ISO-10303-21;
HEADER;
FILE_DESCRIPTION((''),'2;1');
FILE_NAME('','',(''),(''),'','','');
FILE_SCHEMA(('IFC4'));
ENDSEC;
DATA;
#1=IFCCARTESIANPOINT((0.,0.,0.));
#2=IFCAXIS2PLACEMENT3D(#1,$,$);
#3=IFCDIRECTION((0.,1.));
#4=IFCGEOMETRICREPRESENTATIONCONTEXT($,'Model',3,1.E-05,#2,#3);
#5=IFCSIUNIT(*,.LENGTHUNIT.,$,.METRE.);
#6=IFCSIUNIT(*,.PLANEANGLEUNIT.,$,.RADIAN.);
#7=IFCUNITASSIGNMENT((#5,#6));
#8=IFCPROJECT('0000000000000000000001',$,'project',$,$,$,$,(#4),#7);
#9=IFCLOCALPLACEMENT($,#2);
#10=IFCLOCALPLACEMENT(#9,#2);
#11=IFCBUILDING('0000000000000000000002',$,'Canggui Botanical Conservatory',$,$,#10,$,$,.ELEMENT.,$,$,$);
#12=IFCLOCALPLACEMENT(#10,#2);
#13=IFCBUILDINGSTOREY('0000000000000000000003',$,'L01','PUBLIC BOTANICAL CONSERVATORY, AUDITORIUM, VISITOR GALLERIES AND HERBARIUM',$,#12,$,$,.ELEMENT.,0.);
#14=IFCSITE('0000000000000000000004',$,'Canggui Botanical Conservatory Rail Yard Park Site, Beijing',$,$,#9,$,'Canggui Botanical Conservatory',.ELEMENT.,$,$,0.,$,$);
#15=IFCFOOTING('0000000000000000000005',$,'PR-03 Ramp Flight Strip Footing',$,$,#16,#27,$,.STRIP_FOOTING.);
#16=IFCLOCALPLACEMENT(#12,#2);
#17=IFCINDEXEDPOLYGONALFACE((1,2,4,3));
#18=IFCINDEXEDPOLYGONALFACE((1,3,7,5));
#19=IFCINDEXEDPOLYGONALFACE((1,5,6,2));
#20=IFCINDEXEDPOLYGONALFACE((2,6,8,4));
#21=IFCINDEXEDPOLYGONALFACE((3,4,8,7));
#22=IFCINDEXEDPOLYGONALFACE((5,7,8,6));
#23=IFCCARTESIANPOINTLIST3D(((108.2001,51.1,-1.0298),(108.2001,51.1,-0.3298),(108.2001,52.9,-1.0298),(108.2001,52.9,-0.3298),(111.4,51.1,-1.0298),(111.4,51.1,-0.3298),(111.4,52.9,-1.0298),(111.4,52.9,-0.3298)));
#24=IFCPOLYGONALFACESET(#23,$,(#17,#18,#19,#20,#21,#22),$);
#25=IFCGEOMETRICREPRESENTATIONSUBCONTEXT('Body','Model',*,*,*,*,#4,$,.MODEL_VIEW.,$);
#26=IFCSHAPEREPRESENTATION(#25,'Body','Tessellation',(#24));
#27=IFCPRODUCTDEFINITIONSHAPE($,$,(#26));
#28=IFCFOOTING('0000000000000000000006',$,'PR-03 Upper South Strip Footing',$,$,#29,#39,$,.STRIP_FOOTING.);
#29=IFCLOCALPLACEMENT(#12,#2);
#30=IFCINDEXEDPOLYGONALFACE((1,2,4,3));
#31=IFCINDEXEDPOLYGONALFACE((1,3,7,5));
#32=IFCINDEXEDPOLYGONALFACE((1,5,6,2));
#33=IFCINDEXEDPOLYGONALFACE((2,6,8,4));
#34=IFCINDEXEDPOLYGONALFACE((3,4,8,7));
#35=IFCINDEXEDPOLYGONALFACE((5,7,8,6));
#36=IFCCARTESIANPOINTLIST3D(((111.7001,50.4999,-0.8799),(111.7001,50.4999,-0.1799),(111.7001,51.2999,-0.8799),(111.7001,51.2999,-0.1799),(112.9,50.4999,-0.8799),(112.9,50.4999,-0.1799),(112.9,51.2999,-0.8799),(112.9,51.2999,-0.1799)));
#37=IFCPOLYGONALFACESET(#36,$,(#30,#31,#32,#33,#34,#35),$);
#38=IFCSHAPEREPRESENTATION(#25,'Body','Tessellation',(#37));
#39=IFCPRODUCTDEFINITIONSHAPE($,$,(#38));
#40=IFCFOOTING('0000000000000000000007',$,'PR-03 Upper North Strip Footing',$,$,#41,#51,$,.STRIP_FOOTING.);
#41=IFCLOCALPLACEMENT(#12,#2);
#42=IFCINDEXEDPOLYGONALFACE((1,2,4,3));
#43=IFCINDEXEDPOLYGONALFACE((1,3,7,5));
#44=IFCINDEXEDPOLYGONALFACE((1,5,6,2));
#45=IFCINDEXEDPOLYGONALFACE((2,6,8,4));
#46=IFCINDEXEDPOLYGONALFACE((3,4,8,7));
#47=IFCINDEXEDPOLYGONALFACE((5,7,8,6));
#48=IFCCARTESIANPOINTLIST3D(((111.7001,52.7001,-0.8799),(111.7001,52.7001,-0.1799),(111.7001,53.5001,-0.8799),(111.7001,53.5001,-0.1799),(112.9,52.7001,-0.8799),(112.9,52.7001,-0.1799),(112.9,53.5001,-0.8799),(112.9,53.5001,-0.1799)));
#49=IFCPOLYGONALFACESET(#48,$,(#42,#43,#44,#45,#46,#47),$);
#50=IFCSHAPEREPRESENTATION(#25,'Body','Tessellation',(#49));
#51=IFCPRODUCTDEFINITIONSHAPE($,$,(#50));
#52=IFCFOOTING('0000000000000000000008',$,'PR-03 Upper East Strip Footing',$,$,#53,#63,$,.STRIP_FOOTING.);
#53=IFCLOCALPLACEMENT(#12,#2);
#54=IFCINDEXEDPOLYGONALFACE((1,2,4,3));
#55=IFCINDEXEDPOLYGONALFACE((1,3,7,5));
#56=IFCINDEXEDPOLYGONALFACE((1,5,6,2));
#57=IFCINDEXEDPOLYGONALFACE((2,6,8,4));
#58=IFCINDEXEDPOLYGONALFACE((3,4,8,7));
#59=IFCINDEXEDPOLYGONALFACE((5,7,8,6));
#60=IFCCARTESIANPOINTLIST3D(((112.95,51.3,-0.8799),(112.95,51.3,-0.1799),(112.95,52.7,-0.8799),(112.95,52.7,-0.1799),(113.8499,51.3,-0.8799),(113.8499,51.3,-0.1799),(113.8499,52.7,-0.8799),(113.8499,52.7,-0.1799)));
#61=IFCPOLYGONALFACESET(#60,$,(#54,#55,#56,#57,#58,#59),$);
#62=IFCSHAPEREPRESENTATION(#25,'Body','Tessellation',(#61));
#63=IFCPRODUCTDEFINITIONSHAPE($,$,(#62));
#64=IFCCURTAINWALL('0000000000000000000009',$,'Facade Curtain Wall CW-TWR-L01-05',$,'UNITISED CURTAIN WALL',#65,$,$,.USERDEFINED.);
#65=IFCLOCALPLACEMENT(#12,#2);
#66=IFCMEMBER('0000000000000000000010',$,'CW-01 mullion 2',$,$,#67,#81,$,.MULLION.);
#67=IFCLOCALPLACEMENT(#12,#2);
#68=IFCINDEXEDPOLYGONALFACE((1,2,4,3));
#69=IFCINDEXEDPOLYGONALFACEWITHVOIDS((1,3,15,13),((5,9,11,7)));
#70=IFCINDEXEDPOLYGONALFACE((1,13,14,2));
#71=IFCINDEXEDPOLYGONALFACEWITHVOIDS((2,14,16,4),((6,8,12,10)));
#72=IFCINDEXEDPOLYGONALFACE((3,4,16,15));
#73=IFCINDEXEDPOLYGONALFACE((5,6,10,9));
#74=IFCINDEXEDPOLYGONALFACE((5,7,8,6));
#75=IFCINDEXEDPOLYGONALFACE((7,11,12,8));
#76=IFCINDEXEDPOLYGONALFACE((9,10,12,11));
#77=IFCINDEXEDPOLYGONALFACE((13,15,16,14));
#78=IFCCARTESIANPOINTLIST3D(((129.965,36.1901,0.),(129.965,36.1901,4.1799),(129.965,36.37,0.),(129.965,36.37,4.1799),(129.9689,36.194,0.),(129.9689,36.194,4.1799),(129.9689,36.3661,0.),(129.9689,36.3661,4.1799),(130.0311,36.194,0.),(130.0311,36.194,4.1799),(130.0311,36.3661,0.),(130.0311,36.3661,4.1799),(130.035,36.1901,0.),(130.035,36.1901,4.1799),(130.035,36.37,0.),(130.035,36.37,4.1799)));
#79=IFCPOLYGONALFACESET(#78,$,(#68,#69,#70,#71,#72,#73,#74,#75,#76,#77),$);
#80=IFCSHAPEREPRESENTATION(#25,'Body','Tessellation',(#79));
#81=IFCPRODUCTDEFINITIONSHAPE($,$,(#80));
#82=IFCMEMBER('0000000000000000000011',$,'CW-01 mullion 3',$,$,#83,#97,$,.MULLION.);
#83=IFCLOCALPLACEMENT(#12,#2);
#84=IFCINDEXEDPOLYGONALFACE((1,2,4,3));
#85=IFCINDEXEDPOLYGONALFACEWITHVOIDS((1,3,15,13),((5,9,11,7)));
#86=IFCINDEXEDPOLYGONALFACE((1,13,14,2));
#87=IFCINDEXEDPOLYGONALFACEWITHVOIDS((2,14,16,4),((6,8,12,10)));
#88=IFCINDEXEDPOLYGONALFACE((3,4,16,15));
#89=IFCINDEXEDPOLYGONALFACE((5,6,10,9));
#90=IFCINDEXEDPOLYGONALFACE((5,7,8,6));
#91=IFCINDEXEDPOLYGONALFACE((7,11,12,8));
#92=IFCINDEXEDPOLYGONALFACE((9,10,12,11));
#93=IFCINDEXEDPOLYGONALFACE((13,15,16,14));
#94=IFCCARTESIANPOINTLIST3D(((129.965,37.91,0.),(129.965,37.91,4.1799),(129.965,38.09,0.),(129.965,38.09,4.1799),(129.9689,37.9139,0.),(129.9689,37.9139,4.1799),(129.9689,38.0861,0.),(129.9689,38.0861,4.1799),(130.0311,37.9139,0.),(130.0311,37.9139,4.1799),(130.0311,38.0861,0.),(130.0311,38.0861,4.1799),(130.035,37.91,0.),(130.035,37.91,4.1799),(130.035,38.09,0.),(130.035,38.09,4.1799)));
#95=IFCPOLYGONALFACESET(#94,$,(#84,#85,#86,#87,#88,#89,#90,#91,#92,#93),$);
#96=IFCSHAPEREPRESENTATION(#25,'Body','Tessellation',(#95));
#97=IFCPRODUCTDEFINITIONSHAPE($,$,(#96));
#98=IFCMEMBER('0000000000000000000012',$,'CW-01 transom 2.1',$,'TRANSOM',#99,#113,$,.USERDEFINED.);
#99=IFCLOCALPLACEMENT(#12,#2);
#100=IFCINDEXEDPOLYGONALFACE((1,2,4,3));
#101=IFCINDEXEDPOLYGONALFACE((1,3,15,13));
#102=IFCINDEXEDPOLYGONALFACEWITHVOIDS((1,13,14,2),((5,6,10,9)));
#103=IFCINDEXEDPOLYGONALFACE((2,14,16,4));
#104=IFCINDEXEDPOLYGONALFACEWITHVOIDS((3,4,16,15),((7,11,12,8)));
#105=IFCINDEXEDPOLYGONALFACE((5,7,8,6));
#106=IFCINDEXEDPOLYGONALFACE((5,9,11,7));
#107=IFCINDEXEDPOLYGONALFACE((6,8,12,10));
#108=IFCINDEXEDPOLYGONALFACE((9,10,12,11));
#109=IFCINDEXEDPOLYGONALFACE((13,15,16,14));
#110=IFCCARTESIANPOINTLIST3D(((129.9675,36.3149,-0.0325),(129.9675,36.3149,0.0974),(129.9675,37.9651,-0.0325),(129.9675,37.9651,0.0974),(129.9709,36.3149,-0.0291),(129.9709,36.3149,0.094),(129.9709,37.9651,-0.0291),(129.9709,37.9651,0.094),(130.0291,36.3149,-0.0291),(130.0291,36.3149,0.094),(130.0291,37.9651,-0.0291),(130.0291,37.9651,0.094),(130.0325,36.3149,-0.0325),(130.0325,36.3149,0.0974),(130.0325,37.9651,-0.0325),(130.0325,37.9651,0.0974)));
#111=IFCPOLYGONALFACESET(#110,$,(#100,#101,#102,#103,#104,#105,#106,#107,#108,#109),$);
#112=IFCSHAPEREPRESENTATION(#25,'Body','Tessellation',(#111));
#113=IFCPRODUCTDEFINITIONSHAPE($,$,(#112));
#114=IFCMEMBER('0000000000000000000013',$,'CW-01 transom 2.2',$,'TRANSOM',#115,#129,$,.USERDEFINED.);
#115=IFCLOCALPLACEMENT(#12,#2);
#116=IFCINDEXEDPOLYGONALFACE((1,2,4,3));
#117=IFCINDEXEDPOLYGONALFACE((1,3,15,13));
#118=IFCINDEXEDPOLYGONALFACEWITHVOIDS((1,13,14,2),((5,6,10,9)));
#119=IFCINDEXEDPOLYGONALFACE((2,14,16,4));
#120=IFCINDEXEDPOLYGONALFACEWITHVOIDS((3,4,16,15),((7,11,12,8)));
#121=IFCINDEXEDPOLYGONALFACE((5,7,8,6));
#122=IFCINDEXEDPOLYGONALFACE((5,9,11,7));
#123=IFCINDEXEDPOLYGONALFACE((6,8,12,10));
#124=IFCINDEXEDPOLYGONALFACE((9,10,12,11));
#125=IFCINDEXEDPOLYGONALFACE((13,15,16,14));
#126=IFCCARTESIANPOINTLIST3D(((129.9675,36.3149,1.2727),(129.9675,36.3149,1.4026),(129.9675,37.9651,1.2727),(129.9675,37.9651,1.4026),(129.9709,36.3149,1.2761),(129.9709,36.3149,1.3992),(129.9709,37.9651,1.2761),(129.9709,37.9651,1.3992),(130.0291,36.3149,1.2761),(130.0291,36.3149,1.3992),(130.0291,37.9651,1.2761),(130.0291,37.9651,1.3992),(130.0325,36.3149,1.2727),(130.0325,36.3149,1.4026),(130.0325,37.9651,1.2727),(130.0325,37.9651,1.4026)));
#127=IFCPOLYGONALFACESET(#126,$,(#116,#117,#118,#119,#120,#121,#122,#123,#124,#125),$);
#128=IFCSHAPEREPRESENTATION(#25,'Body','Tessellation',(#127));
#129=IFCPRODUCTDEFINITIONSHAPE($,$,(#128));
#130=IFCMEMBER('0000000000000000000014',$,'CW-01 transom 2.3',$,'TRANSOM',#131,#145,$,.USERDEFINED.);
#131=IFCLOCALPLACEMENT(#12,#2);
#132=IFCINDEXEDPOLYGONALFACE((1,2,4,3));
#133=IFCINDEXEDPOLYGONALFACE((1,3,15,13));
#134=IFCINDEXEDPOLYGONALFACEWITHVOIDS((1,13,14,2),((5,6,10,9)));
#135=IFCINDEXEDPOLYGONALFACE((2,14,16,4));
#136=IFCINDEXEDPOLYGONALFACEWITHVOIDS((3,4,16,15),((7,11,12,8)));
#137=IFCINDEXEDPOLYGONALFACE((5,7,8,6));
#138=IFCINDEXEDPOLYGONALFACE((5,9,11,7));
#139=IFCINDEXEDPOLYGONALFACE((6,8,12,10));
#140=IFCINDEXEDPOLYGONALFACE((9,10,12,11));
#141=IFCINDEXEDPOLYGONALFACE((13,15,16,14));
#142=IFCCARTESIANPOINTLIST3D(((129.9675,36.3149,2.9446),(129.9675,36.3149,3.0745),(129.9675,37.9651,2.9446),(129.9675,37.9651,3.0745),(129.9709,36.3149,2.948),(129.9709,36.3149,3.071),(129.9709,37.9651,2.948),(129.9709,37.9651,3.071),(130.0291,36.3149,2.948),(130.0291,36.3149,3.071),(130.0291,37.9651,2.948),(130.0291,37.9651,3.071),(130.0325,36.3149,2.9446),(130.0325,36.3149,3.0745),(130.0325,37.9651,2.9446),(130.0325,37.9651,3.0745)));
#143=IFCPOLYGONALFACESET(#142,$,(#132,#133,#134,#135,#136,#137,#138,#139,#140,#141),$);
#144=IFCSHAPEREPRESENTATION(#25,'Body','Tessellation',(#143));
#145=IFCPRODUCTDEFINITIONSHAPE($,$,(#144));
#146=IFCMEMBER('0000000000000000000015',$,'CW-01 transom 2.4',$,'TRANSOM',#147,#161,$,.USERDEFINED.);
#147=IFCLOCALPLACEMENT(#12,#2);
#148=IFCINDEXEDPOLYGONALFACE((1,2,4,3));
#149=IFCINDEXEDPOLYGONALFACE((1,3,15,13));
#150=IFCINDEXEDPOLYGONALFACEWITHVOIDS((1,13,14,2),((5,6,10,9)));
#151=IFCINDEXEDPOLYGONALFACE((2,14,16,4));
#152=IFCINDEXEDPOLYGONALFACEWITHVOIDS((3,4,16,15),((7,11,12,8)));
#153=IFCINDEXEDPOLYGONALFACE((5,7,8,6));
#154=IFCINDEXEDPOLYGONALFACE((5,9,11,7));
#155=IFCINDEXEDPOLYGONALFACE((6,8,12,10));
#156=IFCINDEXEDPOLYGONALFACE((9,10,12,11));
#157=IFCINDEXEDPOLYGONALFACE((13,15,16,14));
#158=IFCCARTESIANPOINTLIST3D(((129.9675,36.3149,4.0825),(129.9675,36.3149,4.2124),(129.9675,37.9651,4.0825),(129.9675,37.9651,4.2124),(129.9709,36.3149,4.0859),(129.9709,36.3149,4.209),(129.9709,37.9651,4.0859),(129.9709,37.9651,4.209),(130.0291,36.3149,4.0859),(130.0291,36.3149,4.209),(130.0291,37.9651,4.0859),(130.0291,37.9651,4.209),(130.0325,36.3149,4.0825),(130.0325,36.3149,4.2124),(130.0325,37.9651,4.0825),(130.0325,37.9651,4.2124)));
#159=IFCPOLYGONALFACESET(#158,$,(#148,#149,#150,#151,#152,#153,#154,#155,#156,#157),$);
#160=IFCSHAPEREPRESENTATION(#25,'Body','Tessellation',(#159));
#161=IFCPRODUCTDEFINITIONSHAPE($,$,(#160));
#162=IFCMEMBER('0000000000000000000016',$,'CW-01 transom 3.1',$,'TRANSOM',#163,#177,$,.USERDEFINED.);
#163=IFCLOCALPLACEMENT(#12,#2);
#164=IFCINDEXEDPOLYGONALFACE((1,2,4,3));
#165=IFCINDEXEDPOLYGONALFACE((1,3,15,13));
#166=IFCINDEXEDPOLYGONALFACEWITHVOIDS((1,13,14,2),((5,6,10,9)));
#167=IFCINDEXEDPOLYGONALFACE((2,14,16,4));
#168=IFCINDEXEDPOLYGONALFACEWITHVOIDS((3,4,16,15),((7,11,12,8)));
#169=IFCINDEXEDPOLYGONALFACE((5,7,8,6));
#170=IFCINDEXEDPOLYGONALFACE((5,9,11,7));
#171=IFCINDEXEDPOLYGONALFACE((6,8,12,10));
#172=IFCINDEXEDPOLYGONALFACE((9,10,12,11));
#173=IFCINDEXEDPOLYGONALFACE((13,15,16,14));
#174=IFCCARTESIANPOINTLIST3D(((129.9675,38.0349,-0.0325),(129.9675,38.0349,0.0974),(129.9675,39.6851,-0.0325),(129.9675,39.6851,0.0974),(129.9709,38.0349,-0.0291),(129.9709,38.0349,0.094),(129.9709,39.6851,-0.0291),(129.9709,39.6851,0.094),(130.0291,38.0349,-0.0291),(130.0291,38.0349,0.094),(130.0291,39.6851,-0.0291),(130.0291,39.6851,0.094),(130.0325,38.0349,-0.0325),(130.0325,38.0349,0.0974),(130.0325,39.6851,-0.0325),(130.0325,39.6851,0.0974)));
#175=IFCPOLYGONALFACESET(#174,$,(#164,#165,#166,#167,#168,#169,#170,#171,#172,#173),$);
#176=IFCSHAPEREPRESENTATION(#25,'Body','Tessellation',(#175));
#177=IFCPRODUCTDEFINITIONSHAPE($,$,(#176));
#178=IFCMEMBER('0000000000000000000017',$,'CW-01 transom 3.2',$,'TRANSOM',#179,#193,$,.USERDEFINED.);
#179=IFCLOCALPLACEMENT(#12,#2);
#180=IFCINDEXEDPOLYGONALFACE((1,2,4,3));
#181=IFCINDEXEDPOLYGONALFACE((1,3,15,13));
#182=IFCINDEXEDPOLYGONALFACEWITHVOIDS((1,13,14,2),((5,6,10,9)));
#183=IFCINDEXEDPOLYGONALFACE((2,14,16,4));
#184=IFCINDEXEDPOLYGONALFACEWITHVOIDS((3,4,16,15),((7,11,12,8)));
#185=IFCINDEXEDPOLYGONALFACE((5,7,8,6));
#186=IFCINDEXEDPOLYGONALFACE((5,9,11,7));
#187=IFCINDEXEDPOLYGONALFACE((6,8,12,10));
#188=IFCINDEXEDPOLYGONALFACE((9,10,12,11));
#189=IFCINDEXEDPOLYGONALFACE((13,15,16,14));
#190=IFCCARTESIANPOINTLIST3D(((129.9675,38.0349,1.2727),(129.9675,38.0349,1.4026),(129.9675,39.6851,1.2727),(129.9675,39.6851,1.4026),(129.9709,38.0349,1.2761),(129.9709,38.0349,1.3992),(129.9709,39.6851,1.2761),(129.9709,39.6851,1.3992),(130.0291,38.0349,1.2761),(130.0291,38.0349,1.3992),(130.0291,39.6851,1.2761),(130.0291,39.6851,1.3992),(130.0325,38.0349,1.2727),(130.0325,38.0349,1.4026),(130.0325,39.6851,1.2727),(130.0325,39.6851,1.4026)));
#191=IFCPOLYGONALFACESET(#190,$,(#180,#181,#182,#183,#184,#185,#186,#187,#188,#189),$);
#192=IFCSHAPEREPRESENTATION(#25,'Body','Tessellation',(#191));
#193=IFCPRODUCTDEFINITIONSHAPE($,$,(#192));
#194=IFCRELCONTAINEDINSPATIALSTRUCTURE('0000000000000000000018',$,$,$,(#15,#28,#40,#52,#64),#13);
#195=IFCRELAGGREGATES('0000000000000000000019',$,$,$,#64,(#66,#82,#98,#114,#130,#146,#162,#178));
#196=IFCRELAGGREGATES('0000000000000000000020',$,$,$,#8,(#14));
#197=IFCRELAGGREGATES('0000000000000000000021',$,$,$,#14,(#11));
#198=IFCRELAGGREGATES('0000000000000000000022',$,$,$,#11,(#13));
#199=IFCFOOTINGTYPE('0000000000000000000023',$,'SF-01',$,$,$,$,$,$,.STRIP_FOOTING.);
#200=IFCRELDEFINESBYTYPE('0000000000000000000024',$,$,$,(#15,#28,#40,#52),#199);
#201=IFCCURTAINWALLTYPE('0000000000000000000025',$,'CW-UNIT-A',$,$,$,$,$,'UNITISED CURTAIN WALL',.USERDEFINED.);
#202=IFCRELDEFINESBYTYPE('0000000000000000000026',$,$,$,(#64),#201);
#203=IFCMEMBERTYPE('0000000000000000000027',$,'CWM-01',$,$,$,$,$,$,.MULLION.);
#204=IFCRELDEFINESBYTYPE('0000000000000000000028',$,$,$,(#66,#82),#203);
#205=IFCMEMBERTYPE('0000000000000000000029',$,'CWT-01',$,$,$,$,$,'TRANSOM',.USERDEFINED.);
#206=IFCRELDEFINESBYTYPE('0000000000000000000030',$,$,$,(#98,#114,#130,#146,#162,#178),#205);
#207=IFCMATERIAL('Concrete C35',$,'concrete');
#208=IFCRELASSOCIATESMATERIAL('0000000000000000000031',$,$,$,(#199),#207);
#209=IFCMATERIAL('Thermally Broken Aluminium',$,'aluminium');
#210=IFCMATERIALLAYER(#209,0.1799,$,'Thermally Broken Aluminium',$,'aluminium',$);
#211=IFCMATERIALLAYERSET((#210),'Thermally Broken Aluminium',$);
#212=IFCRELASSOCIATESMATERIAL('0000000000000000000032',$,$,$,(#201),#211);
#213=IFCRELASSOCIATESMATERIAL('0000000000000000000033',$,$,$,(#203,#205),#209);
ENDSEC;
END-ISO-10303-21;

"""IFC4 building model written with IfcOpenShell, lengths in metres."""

from ifc_helpers import new_model, si_unit, direction, frame, origin, origin_2d, place, context, subcontext, project, spatial, rectangle, hollow_rectangle, extrude, material, layer, layer_set, material_profile, profile_set, type_object, element, aggregate, save


model = new_model("IFC4")

# Units and contexts
model_context = context("Model", 3, precision=1e-05, world=origin(), true_north=direction((0.0, 1.0)))
body_context = subcontext(model_context, "Body", "Model", "MODEL_VIEW")
ifc_project = project(units=[si_unit("LENGTHUNIT", "METRE"), si_unit("PLANEANGLEUNIT", "RADIAN")], contexts=[model_context])

# Site, building, storey
site_placement = place(None, origin())
site = spatial("IfcSite", under=ifc_project, at=site_placement, Name="Canggui Botanical Conservatory Rail Yard Park Site, Beijing", LongName="Canggui Botanical Conservatory", CompositionType="ELEMENT", RefElevation=0.0)
building_placement = place(site_placement, origin())
building = spatial("IfcBuilding", under=site, at=building_placement, Name="Canggui Botanical Conservatory", CompositionType="ELEMENT")
storey_placement = place(building_placement, origin())
storey = spatial("IfcBuildingStorey", under=building, at=storey_placement, Name="L01", Description="PUBLIC BOTANICAL CONSERVATORY, AUDITORIUM, VISITOR GALLERIES AND HERBARIUM", CompositionType="ELEMENT", Elevation=0.0)

# Footings
ifc_material_1 = material(Name="Concrete C35", Category="concrete")
footing_type = type_object("IfcFootingType", Name="SF-01", PredefinedType="STRIP_FOOTING", material=ifc_material_1)
footing_1_placement = place(storey_placement, frame((109.8, 52.0, -1.0298), z_axis=(0.0, 0.0, 1.0), x_axis=(1.0, 0.0, 0.0)))
element("IfcFooting", 1, at=footing_1_placement, inside=storey, type_object=footing_type, Name="PR-03 Ramp Flight Strip Footing", PredefinedType="STRIP_FOOTING", context=body_context, shape_type="SweptSolid", body=[
    extrude(rectangle(XDim=3.2, YDim=1.8, at=origin_2d()), origin(), (0.0, 0.0, 1.0), 0.7),
])
for number, where, z_axis, x_axis, name in (
    (2, (112.3, 50.8999, -0.8799), (0.0, 0.0, 1.0), (1.0, 0.0, 0.0), "PR-03 Upper South Strip Footing"),
    (3, (112.3, 53.1001, -0.8799), (0.0, 0.0, 1.0), (1.0, 0.0, 0.0), "PR-03 Upper North Strip Footing"),
):
    element("IfcFooting", number, at=place(storey_placement, frame(where, z_axis=z_axis, x_axis=x_axis)), inside=storey, type_object=footing_type, Name=name, PredefinedType="STRIP_FOOTING", context=body_context, shape_type="SweptSolid", body=[
        extrude(rectangle(XDim=1.2, YDim=0.8, at=origin_2d()), origin(), (0.0, 0.0, 1.0), 0.7),
    ])
footing_2_placement = place(storey_placement, frame((113.3999, 52.0, -0.8799), z_axis=(0.0, 0.0, 1.0), x_axis=(1.0, 0.0, 0.0)))
element("IfcFooting", 4, at=footing_2_placement, inside=storey, type_object=footing_type, Name="PR-03 Upper East Strip Footing", PredefinedType="STRIP_FOOTING", context=body_context, shape_type="SweptSolid", body=[
    extrude(rectangle(XDim=0.8999, YDim=1.3999, at=origin_2d()), origin(), (0.0, 0.0, 1.0), 0.7),
])

# Curtain wall, members
ifc_material_2 = material(Name="Thermally Broken Aluminium", Category="aluminium")
ifc_layer_1 = layer(ifc_material_2, 0.1799, Name="Thermally Broken Aluminium", Category="aluminium")
ifc_layer_set_1 = layer_set([ifc_layer_1], Name="Thermally Broken Aluminium")
curtain_wall_type = type_object("IfcCurtainWallType", Name="CW-UNIT-A", ElementType="UNITISED CURTAIN WALL", PredefinedType="USERDEFINED", material=ifc_layer_set_1)
curtain_wall_placement = place(storey_placement, origin())
curtain_wall = element("IfcCurtainWall", 5, at=curtain_wall_placement, inside=storey, type_object=curtain_wall_type, Name="Facade Curtain Wall CW-TWR-L01-05", ObjectType="UNITISED CURTAIN WALL", PredefinedType="USERDEFINED")
ifc_material_profile_1 = material_profile(ifc_material_2, hollow_rectangle(XDim=0.0701, YDim=0.1799, WallThickness=0.0039, at=origin_2d()), Name="CWM 70x180x4")
ifc_profile_set_1 = profile_set([ifc_material_profile_1], Name="Thermally Broken Aluminium")
member_type_1 = type_object("IfcMemberType", Name="CWM-01", PredefinedType="MULLION", material=ifc_profile_set_1)
member_1_placement = place(storey_placement, frame((130.0, 36.28, 0.0), z_axis=(0.0, 0.0, 1.0), x_axis=(-1.0, 0.0, 0.0)))
member_1 = element("IfcMember", 6, at=member_1_placement, type_object=member_type_1, Name="CW-01 mullion 2", PredefinedType="MULLION", context=body_context, shape_type="SweptSolid", body=[
    extrude(hollow_rectangle(XDim=0.0701, YDim=0.1799, WallThickness=0.0039, at=origin_2d()), origin(), (0.0, 0.0, 1.0), 4.1799),
])
member_2_placement = place(storey_placement, frame((130.0, 38.0, 0.0), z_axis=(0.0, 0.0, 1.0), x_axis=(-1.0, 0.0, 0.0)))
member_2 = element("IfcMember", 7, at=member_2_placement, type_object=member_type_1, Name="CW-01 mullion 3", PredefinedType="MULLION", context=body_context, shape_type="SweptSolid", body=[
    extrude(hollow_rectangle(XDim=0.0701, YDim=0.1799, WallThickness=0.0039, at=origin_2d()), origin(), (0.0, 0.0, 1.0), 4.1799),
])
ifc_material_profile_2 = material_profile(ifc_material_2, hollow_rectangle(XDim=0.0649, YDim=0.1299, WallThickness=0.0034, at=origin_2d()), Name="CWT 65x130x3.5")
ifc_profile_set_2 = profile_set([ifc_material_profile_2], Name="Thermally Broken Aluminium")
member_type_2 = type_object("IfcMemberType", Name="CWT-01", ElementType="TRANSOM", PredefinedType="USERDEFINED", material=ifc_profile_set_2)
member_3_placement = place(storey_placement, frame((130.0, 36.3149, 0.0325), z_axis=(0.0, 1.0, 0.0), x_axis=(-1.0, 0.0, 0.0)))
member_3 = element("IfcMember", 8, at=member_3_placement, type_object=member_type_2, Name="CW-01 transom 2.1", ObjectType="TRANSOM", PredefinedType="USERDEFINED", context=body_context, shape_type="SweptSolid", body=[
    extrude(hollow_rectangle(XDim=0.0649, YDim=0.1299, WallThickness=0.0034, at=origin_2d()), origin(), (0.0, 0.0, 1.0), 1.6501),
])
member_4_placement = place(storey_placement, frame((130.0, 36.3149, 1.3376), z_axis=(0.0, 1.0, 0.0), x_axis=(-1.0, 0.0, 0.0)))
member_4 = element("IfcMember", 9, at=member_4_placement, type_object=member_type_2, Name="CW-01 transom 2.2", ObjectType="TRANSOM", PredefinedType="USERDEFINED", context=body_context, shape_type="SweptSolid", body=[
    extrude(hollow_rectangle(XDim=0.0649, YDim=0.1299, WallThickness=0.0034, at=origin_2d()), origin(), (0.0, 0.0, 1.0), 1.6501),
])
member_5_placement = place(storey_placement, frame((130.0, 36.3149, 3.0095), z_axis=(0.0, 1.0, 0.0), x_axis=(-1.0, 0.0, 0.0)))
member_5 = element("IfcMember", 10, at=member_5_placement, type_object=member_type_2, Name="CW-01 transom 2.3", ObjectType="TRANSOM", PredefinedType="USERDEFINED", context=body_context, shape_type="SweptSolid", body=[
    extrude(hollow_rectangle(XDim=0.0649, YDim=0.1299, WallThickness=0.0034, at=origin_2d()), origin(), (0.0, 0.0, 1.0), 1.6501),
])
member_6_placement = place(storey_placement, frame((130.0, 36.3149, 4.1475), z_axis=(0.0, 1.0, 0.0), x_axis=(-1.0, 0.0, 0.0)))
member_6 = element("IfcMember", 11, at=member_6_placement, type_object=member_type_2, Name="CW-01 transom 2.4", ObjectType="TRANSOM", PredefinedType="USERDEFINED", context=body_context, shape_type="SweptSolid", body=[
    extrude(hollow_rectangle(XDim=0.0649, YDim=0.1299, WallThickness=0.0034, at=origin_2d()), origin(), (0.0, 0.0, 1.0), 1.6501),
])
member_7_placement = place(storey_placement, frame((130.0, 38.0349, 0.0325), z_axis=(0.0, 1.0, 0.0), x_axis=(-1.0, 0.0, 0.0)))
member_7 = element("IfcMember", 12, at=member_7_placement, type_object=member_type_2, Name="CW-01 transom 3.1", ObjectType="TRANSOM", PredefinedType="USERDEFINED", context=body_context, shape_type="SweptSolid", body=[
    extrude(hollow_rectangle(XDim=0.0649, YDim=0.1299, WallThickness=0.0034, at=origin_2d()), origin(), (0.0, 0.0, 1.0), 1.6501),
])
member_8_placement = place(storey_placement, frame((130.0, 38.0349, 1.3376), z_axis=(0.0, 1.0, 0.0), x_axis=(-1.0, 0.0, 0.0)))
member_8 = element("IfcMember", 13, at=member_8_placement, type_object=member_type_2, Name="CW-01 transom 3.2", ObjectType="TRANSOM", PredefinedType="USERDEFINED", context=body_context, shape_type="SweptSolid", body=[
    extrude(hollow_rectangle(XDim=0.0649, YDim=0.1299, WallThickness=0.0034, at=origin_2d()), origin(), (0.0, 0.0, 1.0), 1.6501),
])
aggregate(curtain_wall, [member_1, member_2, member_3, member_4, member_5, member_6, member_7, member_8])

save(model, "model.ifc")
